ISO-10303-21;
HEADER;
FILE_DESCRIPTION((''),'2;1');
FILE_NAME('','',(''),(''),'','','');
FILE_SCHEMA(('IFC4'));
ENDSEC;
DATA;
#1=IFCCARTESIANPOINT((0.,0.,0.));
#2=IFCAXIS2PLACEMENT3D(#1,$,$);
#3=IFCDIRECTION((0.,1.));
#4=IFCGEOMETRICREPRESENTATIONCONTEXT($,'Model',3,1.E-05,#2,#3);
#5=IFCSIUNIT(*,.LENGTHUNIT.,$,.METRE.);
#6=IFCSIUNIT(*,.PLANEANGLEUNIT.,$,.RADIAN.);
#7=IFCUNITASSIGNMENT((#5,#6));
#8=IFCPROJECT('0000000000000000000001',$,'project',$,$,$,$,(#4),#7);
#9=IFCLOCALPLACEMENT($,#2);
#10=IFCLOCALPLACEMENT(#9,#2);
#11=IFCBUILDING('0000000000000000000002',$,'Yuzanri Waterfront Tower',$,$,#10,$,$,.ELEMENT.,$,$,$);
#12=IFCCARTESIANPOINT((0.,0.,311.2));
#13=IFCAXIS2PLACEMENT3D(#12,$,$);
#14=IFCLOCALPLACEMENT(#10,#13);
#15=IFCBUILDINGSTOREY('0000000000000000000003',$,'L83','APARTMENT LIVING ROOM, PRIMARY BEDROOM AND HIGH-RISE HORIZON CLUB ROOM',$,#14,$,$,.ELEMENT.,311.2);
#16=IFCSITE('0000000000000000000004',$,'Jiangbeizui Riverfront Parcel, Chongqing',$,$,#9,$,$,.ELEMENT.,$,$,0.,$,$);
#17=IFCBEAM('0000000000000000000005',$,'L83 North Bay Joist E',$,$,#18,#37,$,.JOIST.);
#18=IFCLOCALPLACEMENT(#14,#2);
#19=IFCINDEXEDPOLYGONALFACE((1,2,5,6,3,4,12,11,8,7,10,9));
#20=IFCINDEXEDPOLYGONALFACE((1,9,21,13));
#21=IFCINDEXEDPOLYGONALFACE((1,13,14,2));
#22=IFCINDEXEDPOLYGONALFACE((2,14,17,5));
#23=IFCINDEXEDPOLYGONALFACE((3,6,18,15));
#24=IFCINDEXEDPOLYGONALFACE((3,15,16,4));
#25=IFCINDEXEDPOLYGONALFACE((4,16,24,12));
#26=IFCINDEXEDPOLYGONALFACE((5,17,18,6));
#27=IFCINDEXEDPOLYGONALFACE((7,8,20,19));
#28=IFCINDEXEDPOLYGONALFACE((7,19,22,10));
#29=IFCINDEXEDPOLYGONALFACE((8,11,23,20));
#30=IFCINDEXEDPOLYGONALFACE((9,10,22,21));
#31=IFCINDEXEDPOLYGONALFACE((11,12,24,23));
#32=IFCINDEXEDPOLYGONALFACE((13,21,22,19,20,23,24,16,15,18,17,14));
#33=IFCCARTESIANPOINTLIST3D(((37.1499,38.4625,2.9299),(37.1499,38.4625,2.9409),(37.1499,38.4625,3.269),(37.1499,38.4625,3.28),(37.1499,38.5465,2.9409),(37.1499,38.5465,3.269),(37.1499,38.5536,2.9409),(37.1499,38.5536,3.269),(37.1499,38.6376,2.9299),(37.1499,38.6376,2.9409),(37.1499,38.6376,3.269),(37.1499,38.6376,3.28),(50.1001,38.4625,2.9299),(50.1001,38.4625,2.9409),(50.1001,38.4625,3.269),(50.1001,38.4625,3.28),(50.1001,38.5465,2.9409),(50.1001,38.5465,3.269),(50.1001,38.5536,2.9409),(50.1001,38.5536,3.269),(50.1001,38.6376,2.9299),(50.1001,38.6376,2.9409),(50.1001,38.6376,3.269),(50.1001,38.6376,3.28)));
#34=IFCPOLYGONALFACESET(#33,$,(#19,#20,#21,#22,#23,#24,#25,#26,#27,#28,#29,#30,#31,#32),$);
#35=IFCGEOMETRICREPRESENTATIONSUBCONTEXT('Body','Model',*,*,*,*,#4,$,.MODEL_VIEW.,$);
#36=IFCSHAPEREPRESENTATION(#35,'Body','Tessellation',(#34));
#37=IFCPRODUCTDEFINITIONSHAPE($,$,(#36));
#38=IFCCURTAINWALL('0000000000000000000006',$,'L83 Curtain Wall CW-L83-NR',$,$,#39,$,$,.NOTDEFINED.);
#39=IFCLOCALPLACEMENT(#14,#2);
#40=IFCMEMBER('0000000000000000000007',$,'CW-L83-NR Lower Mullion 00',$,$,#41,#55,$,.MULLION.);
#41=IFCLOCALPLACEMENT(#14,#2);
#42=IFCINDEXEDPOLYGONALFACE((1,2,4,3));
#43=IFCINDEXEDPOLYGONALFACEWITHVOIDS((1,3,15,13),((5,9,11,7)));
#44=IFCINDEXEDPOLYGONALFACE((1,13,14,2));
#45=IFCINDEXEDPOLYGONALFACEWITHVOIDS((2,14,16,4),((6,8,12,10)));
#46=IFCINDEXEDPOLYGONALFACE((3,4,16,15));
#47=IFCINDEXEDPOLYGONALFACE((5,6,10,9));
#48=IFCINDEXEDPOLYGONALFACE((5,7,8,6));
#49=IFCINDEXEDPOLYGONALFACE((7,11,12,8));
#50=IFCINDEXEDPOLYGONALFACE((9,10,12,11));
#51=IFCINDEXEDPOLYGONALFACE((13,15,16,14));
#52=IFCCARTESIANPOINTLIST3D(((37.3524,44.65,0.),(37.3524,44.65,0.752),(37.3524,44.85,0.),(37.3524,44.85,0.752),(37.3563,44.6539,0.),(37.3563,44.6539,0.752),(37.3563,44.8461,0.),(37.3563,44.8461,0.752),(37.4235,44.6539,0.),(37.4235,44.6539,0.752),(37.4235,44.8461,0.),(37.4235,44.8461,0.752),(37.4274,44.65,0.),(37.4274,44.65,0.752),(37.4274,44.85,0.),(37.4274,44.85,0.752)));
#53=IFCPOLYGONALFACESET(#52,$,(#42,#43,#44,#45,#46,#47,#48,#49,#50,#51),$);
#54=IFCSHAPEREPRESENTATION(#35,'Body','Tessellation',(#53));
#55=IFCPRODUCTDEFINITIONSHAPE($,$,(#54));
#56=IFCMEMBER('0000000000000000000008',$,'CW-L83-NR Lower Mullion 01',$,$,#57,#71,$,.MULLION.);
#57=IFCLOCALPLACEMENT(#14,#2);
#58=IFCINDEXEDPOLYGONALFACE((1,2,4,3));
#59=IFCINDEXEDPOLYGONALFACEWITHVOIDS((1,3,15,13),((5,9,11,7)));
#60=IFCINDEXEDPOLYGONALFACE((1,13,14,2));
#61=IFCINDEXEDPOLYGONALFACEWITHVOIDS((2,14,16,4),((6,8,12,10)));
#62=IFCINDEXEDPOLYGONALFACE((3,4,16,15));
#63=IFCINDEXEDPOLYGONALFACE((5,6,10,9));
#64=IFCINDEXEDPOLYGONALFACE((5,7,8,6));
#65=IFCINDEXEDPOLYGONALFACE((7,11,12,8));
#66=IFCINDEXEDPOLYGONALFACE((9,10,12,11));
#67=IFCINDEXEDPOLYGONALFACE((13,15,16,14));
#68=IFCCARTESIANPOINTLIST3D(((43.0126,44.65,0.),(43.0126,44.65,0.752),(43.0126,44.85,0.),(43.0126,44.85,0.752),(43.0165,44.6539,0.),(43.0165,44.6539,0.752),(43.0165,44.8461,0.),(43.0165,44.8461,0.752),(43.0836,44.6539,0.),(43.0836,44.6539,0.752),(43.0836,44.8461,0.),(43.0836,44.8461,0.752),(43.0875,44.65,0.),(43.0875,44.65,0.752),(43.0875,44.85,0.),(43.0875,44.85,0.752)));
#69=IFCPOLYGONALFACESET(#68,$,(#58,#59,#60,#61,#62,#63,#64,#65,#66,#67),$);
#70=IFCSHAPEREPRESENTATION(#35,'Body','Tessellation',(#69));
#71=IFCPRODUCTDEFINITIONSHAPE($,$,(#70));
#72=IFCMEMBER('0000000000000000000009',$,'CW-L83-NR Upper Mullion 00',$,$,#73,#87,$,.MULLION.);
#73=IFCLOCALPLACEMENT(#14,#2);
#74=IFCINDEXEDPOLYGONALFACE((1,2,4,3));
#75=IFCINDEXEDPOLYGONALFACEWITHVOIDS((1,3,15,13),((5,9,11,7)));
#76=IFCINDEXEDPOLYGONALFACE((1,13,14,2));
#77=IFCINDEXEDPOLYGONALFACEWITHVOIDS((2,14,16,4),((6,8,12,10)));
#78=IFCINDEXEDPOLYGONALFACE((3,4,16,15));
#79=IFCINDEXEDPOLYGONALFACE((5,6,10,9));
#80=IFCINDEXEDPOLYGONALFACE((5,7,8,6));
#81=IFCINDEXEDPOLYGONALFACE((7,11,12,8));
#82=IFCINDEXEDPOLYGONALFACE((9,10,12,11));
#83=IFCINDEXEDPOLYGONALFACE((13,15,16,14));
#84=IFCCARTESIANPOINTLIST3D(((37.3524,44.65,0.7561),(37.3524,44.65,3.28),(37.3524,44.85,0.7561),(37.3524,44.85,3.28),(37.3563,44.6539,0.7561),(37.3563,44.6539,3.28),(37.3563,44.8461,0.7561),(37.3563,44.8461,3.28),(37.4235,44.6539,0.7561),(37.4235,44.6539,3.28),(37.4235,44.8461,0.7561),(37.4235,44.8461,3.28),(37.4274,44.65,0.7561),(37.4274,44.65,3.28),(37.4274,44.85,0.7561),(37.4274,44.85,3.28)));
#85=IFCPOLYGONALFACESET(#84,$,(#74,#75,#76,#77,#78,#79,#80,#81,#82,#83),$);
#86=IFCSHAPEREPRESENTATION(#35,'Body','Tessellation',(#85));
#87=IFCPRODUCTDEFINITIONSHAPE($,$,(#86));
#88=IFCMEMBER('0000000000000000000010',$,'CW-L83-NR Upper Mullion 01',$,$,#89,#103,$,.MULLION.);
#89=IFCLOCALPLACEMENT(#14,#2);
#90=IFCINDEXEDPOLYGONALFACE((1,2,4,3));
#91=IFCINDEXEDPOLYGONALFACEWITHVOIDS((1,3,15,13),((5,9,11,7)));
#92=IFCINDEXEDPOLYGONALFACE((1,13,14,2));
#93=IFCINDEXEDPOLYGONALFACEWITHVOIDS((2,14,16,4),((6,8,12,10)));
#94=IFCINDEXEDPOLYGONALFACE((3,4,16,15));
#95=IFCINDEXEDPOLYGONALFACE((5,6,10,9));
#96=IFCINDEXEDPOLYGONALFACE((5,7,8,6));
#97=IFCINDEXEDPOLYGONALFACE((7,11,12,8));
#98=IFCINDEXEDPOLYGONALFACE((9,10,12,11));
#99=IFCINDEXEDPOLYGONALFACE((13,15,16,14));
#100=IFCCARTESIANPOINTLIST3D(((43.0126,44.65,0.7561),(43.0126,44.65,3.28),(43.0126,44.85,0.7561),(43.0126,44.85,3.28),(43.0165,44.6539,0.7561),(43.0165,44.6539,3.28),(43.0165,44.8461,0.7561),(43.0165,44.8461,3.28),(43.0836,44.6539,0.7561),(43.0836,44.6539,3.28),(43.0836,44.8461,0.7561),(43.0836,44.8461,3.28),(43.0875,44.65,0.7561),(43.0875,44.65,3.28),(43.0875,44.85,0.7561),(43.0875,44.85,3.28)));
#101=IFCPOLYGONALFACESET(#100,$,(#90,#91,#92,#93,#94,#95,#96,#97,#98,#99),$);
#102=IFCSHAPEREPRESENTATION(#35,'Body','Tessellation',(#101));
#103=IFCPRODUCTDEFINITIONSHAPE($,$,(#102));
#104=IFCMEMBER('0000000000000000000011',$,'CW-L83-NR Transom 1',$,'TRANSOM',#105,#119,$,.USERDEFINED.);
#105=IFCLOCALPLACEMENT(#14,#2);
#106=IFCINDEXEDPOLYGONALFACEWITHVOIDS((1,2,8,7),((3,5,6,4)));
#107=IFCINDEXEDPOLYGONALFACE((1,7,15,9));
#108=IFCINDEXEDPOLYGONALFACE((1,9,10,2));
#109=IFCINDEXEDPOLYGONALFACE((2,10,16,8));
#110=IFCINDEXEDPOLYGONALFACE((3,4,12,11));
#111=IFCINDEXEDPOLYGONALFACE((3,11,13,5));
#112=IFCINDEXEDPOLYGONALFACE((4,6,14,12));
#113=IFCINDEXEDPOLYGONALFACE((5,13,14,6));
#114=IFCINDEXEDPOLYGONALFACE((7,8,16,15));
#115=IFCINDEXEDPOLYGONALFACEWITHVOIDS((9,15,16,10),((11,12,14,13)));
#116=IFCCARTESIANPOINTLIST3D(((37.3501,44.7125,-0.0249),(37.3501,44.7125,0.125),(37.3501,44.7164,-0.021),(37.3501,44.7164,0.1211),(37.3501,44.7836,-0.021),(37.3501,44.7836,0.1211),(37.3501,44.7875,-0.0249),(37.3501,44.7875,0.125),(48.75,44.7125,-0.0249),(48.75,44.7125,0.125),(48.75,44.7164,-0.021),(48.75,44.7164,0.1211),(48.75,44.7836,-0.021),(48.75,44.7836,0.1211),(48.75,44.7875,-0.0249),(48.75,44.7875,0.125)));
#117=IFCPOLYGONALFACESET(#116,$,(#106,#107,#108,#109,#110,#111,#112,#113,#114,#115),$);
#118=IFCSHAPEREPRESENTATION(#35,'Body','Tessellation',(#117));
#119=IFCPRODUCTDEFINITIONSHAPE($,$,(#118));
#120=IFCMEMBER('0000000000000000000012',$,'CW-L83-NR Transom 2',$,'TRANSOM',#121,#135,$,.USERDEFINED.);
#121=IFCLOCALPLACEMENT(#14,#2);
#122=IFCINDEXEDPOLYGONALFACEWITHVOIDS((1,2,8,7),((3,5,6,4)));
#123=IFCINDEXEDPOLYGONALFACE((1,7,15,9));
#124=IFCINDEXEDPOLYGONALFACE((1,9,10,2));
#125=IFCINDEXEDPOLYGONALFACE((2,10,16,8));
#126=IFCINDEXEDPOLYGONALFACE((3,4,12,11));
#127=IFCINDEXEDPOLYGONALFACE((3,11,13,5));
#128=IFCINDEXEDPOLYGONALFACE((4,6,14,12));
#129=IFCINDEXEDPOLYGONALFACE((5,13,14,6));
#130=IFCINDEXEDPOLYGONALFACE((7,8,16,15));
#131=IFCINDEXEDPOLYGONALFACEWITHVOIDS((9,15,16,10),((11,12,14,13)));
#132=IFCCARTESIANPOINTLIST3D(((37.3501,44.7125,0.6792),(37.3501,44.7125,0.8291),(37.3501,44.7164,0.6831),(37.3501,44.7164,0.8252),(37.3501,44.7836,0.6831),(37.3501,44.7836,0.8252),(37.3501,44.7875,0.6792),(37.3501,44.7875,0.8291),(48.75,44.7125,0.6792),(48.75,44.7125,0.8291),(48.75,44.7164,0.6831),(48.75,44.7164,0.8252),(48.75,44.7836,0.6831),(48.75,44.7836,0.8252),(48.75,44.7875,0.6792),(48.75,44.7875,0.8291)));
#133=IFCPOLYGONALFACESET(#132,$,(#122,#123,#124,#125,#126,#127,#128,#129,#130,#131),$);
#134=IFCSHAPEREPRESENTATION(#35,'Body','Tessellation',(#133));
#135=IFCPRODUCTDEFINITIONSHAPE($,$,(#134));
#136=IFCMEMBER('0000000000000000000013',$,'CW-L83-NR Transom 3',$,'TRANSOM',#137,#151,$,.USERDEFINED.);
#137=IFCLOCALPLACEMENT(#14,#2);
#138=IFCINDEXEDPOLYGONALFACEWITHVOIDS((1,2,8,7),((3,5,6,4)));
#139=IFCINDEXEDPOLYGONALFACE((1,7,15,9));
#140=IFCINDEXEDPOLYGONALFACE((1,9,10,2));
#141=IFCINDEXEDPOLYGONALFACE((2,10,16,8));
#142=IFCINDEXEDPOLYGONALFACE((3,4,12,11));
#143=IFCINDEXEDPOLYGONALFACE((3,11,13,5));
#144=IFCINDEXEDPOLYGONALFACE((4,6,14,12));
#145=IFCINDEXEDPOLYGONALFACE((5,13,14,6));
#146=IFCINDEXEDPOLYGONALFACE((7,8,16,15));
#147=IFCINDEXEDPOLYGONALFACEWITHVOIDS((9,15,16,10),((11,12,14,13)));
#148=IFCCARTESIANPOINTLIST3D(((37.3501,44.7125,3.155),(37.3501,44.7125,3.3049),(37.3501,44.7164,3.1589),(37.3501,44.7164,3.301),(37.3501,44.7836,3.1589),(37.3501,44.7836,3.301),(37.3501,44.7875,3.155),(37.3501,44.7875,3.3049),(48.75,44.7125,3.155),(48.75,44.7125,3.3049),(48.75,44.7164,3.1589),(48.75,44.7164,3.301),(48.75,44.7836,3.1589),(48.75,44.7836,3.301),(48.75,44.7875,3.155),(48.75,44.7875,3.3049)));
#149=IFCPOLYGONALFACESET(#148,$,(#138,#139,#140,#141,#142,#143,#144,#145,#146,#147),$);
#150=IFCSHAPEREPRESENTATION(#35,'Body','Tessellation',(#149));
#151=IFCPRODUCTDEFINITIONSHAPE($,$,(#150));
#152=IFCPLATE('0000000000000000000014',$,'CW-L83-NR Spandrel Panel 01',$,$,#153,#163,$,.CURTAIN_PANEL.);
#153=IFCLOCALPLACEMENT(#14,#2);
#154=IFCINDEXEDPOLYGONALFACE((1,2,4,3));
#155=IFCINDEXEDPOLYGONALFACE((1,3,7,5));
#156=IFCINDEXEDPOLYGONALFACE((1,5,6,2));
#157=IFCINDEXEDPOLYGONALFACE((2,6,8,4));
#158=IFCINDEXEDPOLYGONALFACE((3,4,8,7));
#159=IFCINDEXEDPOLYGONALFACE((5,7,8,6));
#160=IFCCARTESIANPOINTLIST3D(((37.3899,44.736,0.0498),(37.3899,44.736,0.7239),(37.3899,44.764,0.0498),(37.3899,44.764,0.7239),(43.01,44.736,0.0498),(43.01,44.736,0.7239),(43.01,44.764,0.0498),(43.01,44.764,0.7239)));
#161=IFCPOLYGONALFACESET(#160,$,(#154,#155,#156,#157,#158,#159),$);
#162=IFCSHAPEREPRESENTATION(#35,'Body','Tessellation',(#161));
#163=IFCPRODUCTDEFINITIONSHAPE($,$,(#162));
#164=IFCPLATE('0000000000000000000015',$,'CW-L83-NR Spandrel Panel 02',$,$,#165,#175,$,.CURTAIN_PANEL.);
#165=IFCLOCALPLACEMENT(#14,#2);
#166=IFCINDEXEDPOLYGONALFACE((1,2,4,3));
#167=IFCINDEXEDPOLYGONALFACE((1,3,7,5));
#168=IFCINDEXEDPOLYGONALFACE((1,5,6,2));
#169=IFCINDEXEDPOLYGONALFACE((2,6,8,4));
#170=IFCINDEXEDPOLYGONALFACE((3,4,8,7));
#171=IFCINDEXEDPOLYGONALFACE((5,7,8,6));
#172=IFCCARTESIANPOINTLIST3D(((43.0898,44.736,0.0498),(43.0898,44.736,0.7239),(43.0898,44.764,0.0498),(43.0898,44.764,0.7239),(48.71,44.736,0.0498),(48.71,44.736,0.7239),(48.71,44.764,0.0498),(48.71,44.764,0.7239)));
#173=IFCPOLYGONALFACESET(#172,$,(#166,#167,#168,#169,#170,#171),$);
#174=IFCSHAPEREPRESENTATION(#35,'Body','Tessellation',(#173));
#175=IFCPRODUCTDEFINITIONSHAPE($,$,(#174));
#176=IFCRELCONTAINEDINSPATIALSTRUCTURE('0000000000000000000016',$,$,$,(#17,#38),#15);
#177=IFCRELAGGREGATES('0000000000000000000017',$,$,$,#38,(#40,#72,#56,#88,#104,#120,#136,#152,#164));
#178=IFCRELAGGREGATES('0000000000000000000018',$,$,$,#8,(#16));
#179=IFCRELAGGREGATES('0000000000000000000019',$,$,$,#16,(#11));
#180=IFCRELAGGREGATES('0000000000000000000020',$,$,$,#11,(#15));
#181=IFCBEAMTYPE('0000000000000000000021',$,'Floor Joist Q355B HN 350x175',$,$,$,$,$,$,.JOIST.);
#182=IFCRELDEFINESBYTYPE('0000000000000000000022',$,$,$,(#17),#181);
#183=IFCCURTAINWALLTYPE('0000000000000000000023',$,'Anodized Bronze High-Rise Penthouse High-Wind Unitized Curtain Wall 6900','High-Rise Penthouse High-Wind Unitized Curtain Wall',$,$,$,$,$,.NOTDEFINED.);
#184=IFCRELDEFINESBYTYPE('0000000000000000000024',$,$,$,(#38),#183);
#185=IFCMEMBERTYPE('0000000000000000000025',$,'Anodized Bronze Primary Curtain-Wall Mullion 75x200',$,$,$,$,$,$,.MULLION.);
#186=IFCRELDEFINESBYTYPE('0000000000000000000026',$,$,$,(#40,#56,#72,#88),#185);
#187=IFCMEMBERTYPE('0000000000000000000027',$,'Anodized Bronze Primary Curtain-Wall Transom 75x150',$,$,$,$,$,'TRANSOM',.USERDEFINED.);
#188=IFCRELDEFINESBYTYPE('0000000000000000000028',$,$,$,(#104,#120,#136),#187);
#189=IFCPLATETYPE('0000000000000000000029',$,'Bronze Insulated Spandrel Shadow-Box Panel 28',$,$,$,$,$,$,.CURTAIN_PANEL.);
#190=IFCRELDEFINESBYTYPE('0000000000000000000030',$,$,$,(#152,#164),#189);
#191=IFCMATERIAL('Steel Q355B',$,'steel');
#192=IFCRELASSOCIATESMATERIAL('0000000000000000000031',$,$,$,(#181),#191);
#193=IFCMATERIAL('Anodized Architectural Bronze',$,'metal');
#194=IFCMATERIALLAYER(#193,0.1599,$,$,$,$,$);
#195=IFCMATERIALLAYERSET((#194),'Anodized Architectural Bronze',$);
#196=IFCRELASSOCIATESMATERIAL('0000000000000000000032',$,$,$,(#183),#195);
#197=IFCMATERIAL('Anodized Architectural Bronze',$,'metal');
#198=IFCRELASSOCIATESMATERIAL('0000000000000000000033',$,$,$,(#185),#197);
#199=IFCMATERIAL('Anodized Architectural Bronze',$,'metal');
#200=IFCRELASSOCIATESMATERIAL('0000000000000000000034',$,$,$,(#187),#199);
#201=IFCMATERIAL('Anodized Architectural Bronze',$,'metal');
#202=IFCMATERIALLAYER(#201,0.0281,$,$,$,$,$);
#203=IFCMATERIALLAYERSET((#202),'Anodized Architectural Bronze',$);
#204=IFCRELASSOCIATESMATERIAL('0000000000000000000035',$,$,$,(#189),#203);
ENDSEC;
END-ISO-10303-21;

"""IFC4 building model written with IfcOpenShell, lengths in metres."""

from ifc_helpers import new_model, si_unit, direction, frame, origin, origin_2d, place, context, subcontext, project, spatial, rectangle, hollow_rectangle, i_section, extrude, source, transform, mapped, material, layer, layer_set, material_profile, profile_set, type_object, element, aggregate, save


model = new_model("IFC4")

# Units and contexts
model_context = context("Model", 3, precision=1e-05, world=origin(), true_north=direction((0.0, 1.0)))
body_context = subcontext(model_context, "Body", "Model", "MODEL_VIEW")
ifc_project = project(units=[si_unit("LENGTHUNIT", "METRE"), si_unit("PLANEANGLEUNIT", "RADIAN")], contexts=[model_context])

# Site, building, storey
site_placement = place(None, origin())
site = spatial("IfcSite", under=ifc_project, at=site_placement, Name="Jiangbeizui Riverfront Parcel, Chongqing", CompositionType="ELEMENT", RefElevation=0.0)
building_placement = place(site_placement, origin())
building = spatial("IfcBuilding", under=site, at=building_placement, Name="Yuzanri Waterfront Tower", CompositionType="ELEMENT")
storey_placement = place(building_placement, frame((0.0, 0.0, 311.2)))
storey = spatial("IfcBuildingStorey", under=building, at=storey_placement, Name="L83", Description="APARTMENT LIVING ROOM, PRIMARY BEDROOM AND HIGH-RISE HORIZON CLUB ROOM", CompositionType="ELEMENT", Elevation=311.2)

# Beam
ifc_material_1 = material(Name="Steel Q355B", Category="steel")
ifc_material_profile_1 = material_profile(ifc_material_1, i_section(OverallWidth=0.175, OverallDepth=0.3501, WebThickness=0.0071, FlangeThickness=0.011, at=origin_2d()), Name="HN 350x175x7x11")
ifc_profile_set_1 = profile_set([ifc_material_profile_1], Name="Steel Q355B")
beam_type = type_object("IfcBeamType", Name="Floor Joist Q355B HN 350x175", PredefinedType="JOIST", material=ifc_profile_set_1)
shared_shape_1 = source(origin(), body_context, "Body", "SweptSolid", [
    extrude(i_section(OverallWidth=0.175, OverallDepth=0.3501, WebThickness=0.0071, FlangeThickness=0.011, at=origin_2d()), origin(), (0.0, 0.0, 1.0), 12.9502),
])
beam_placement = place(storey_placement, frame((37.1499, 38.55, 3.105), z_axis=(1.0, 0.0, 0.0), x_axis=(0.0, 1.0, 0.0)))
element("IfcBeam", 1, at=beam_placement, inside=storey, type_object=beam_type, Name="L83 North Bay Joist E", PredefinedType="JOIST", context=body_context, shape_type="MappedRepresentation", body=[
    mapped(shared_shape_1, transform((0.0, 0.0, 0.0), scale=1.0)),
])

# Curtain wall, members, plates
ifc_material_2 = material(Name="Anodized Architectural Bronze", Category="metal")
ifc_layer_1 = layer(ifc_material_2, 0.1599)
ifc_layer_set_1 = layer_set([ifc_layer_1], Name="Anodized Architectural Bronze")
curtain_wall_type = type_object("IfcCurtainWallType", Name="Anodized Bronze High-Rise Penthouse High-Wind Unitized Curtain Wall 6900", Description="High-Rise Penthouse High-Wind Unitized Curtain Wall", PredefinedType="NOTDEFINED", material=ifc_layer_set_1)
curtain_wall_placement = place(storey_placement, origin())
curtain_wall = element("IfcCurtainWall", 2, at=curtain_wall_placement, inside=storey, type_object=curtain_wall_type, Name="L83 Curtain Wall CW-L83-NR", PredefinedType="NOTDEFINED")
ifc_material_3 = material(Name="Anodized Architectural Bronze", Category="metal")
ifc_material_profile_2 = material_profile(ifc_material_3, hollow_rectangle(XDim=0.075, YDim=0.2, WallThickness=0.0039, at=origin_2d()), Name="CWM 75x200")
ifc_profile_set_2 = profile_set([ifc_material_profile_2], Name="Anodized Architectural Bronze")
member_type_1 = type_object("IfcMemberType", Name="Anodized Bronze Primary Curtain-Wall Mullion 75x200", PredefinedType="MULLION", material=ifc_profile_set_2)
shared_shape_2 = source(origin(), body_context, "Body", "SweptSolid", [
    extrude(hollow_rectangle(XDim=0.075, YDim=0.2, WallThickness=0.0039, at=origin_2d()), origin(), (0.0, 0.0, 1.0), 0.752),
])
member_1_placement = place(storey_placement, frame((37.3899, 44.75, 0.0), z_axis=(0.0, 0.0, 1.0), x_axis=(1.0, 0.0, 0.0)))
member_1 = element("IfcMember", 3, at=member_1_placement, type_object=member_type_1, Name="CW-L83-NR Lower Mullion 00", PredefinedType="MULLION", context=body_context, shape_type="MappedRepresentation", body=[
    mapped(shared_shape_2, transform((0.0, 0.0, 0.0), scale=1.0)),
])
member_2_placement = place(storey_placement, frame((43.05, 44.75, 0.0), z_axis=(0.0, 0.0, 1.0), x_axis=(1.0, 0.0, 0.0)))
member_2 = element("IfcMember", 4, at=member_2_placement, type_object=member_type_1, Name="CW-L83-NR Lower Mullion 01", PredefinedType="MULLION", context=body_context, shape_type="MappedRepresentation", body=[
    mapped(shared_shape_2, transform((0.0, 0.0, 0.0), scale=1.0)),
])
shared_shape_3 = source(origin(), body_context, "Body", "SweptSolid", [
    extrude(hollow_rectangle(XDim=0.075, YDim=0.2, WallThickness=0.0039, at=origin_2d()), origin(), (0.0, 0.0, 1.0), 2.5239),
])
member_3_placement = place(storey_placement, frame((37.3899, 44.75, 0.7561), z_axis=(0.0, 0.0, 1.0), x_axis=(1.0, 0.0, 0.0)))
member_3 = element("IfcMember", 5, at=member_3_placement, type_object=member_type_1, Name="CW-L83-NR Upper Mullion 00", PredefinedType="MULLION", context=body_context, shape_type="MappedRepresentation", body=[
    mapped(shared_shape_3, transform((0.0, 0.0, 0.0), scale=1.0)),
])
member_4_placement = place(storey_placement, frame((43.05, 44.75, 0.7561), z_axis=(0.0, 0.0, 1.0), x_axis=(1.0, 0.0, 0.0)))
member_4 = element("IfcMember", 6, at=member_4_placement, type_object=member_type_1, Name="CW-L83-NR Upper Mullion 01", PredefinedType="MULLION", context=body_context, shape_type="MappedRepresentation", body=[
    mapped(shared_shape_3, transform((0.0, 0.0, 0.0), scale=1.0)),
])
ifc_material_4 = material(Name="Anodized Architectural Bronze", Category="metal")
ifc_material_profile_3 = material_profile(ifc_material_4, hollow_rectangle(XDim=0.075, YDim=0.1499, WallThickness=0.0039, at=origin_2d()), Name="CWT 75x150")
ifc_profile_set_3 = profile_set([ifc_material_profile_3], Name="Anodized Architectural Bronze")
member_type_2 = type_object("IfcMemberType", Name="Anodized Bronze Primary Curtain-Wall Transom 75x150", ElementType="TRANSOM", PredefinedType="USERDEFINED", material=ifc_profile_set_3)
shared_shape_4 = source(origin(), body_context, "Body", "SweptSolid", [
    extrude(hollow_rectangle(XDim=0.075, YDim=0.1499, WallThickness=0.0039, at=origin_2d()), origin(), (0.0, 0.0, 1.0), 11.3999),
])
member_5_placement = place(storey_placement, frame((37.3501, 44.75, 0.05), z_axis=(1.0, 0.0, 0.0), x_axis=(0.0, 1.0, 0.0)))
member_5 = element("IfcMember", 7, at=member_5_placement, type_object=member_type_2, Name="CW-L83-NR Transom 1", ObjectType="TRANSOM", PredefinedType="USERDEFINED", context=body_context, shape_type="MappedRepresentation", body=[
    mapped(shared_shape_4, transform((0.0, 0.0, 0.0), scale=1.0)),
])
member_6_placement = place(storey_placement, frame((37.3501, 44.75, 0.7542), z_axis=(1.0, 0.0, 0.0), x_axis=(0.0, 1.0, 0.0)))
member_6 = element("IfcMember", 8, at=member_6_placement, type_object=member_type_2, Name="CW-L83-NR Transom 2", ObjectType="TRANSOM", PredefinedType="USERDEFINED", context=body_context, shape_type="MappedRepresentation", body=[
    mapped(shared_shape_4, transform((0.0, 0.0, 0.0), scale=1.0)),
])
member_7_placement = place(storey_placement, frame((37.3501, 44.75, 3.23), z_axis=(1.0, 0.0, 0.0), x_axis=(0.0, 1.0, 0.0)))
member_7 = element("IfcMember", 9, at=member_7_placement, type_object=member_type_2, Name="CW-L83-NR Transom 3", ObjectType="TRANSOM", PredefinedType="USERDEFINED", context=body_context, shape_type="MappedRepresentation", body=[
    mapped(shared_shape_4, transform((0.0, 0.0, 0.0), scale=1.0)),
])
ifc_material_5 = material(Name="Anodized Architectural Bronze", Category="metal")
ifc_layer_2 = layer(ifc_material_5, 0.0281)
ifc_layer_set_2 = layer_set([ifc_layer_2], Name="Anodized Architectural Bronze")
plate_type_1 = type_object("IfcPlateType", Name="Bronze Insulated Spandrel Shadow-Box Panel 28", PredefinedType="CURTAIN_PANEL", material=ifc_layer_set_2)
shared_shape_5 = source(origin(), body_context, "Body", "SweptSolid", [
    extrude(rectangle(XDim=5.6201, YDim=0.0281, at=origin_2d()), origin(), (0.0, 0.0, 1.0), 0.6741),
])
plate_1_placement = place(storey_placement, frame((40.2, 44.75, 0.0498), z_axis=(0.0, 0.0, 1.0), x_axis=(1.0, 0.0, 0.0)))
plate_1 = element("IfcPlate", 10, at=plate_1_placement, type_object=plate_type_1, Name="CW-L83-NR Spandrel Panel 01", PredefinedType="CURTAIN_PANEL", context=body_context, shape_type="MappedRepresentation", body=[
    mapped(shared_shape_5, transform((0.0, 0.0, 0.0), scale=1.0)),
])
plate_2_placement = place(storey_placement, frame((45.8999, 44.75, 0.0498), z_axis=(0.0, 0.0, 1.0), x_axis=(1.0, 0.0, 0.0)))
plate_2 = element("IfcPlate", 11, at=plate_2_placement, type_object=plate_type_1, Name="CW-L83-NR Spandrel Panel 02", PredefinedType="CURTAIN_PANEL", context=body_context, shape_type="MappedRepresentation", body=[
    mapped(shared_shape_5, transform((0.0, 0.0, 0.0), scale=1.0)),
])
aggregate(curtain_wall, [member_1, member_3, member_2, member_4, member_5, member_6, member_7, plate_1, plate_2])

save(model, "model.ifc")
